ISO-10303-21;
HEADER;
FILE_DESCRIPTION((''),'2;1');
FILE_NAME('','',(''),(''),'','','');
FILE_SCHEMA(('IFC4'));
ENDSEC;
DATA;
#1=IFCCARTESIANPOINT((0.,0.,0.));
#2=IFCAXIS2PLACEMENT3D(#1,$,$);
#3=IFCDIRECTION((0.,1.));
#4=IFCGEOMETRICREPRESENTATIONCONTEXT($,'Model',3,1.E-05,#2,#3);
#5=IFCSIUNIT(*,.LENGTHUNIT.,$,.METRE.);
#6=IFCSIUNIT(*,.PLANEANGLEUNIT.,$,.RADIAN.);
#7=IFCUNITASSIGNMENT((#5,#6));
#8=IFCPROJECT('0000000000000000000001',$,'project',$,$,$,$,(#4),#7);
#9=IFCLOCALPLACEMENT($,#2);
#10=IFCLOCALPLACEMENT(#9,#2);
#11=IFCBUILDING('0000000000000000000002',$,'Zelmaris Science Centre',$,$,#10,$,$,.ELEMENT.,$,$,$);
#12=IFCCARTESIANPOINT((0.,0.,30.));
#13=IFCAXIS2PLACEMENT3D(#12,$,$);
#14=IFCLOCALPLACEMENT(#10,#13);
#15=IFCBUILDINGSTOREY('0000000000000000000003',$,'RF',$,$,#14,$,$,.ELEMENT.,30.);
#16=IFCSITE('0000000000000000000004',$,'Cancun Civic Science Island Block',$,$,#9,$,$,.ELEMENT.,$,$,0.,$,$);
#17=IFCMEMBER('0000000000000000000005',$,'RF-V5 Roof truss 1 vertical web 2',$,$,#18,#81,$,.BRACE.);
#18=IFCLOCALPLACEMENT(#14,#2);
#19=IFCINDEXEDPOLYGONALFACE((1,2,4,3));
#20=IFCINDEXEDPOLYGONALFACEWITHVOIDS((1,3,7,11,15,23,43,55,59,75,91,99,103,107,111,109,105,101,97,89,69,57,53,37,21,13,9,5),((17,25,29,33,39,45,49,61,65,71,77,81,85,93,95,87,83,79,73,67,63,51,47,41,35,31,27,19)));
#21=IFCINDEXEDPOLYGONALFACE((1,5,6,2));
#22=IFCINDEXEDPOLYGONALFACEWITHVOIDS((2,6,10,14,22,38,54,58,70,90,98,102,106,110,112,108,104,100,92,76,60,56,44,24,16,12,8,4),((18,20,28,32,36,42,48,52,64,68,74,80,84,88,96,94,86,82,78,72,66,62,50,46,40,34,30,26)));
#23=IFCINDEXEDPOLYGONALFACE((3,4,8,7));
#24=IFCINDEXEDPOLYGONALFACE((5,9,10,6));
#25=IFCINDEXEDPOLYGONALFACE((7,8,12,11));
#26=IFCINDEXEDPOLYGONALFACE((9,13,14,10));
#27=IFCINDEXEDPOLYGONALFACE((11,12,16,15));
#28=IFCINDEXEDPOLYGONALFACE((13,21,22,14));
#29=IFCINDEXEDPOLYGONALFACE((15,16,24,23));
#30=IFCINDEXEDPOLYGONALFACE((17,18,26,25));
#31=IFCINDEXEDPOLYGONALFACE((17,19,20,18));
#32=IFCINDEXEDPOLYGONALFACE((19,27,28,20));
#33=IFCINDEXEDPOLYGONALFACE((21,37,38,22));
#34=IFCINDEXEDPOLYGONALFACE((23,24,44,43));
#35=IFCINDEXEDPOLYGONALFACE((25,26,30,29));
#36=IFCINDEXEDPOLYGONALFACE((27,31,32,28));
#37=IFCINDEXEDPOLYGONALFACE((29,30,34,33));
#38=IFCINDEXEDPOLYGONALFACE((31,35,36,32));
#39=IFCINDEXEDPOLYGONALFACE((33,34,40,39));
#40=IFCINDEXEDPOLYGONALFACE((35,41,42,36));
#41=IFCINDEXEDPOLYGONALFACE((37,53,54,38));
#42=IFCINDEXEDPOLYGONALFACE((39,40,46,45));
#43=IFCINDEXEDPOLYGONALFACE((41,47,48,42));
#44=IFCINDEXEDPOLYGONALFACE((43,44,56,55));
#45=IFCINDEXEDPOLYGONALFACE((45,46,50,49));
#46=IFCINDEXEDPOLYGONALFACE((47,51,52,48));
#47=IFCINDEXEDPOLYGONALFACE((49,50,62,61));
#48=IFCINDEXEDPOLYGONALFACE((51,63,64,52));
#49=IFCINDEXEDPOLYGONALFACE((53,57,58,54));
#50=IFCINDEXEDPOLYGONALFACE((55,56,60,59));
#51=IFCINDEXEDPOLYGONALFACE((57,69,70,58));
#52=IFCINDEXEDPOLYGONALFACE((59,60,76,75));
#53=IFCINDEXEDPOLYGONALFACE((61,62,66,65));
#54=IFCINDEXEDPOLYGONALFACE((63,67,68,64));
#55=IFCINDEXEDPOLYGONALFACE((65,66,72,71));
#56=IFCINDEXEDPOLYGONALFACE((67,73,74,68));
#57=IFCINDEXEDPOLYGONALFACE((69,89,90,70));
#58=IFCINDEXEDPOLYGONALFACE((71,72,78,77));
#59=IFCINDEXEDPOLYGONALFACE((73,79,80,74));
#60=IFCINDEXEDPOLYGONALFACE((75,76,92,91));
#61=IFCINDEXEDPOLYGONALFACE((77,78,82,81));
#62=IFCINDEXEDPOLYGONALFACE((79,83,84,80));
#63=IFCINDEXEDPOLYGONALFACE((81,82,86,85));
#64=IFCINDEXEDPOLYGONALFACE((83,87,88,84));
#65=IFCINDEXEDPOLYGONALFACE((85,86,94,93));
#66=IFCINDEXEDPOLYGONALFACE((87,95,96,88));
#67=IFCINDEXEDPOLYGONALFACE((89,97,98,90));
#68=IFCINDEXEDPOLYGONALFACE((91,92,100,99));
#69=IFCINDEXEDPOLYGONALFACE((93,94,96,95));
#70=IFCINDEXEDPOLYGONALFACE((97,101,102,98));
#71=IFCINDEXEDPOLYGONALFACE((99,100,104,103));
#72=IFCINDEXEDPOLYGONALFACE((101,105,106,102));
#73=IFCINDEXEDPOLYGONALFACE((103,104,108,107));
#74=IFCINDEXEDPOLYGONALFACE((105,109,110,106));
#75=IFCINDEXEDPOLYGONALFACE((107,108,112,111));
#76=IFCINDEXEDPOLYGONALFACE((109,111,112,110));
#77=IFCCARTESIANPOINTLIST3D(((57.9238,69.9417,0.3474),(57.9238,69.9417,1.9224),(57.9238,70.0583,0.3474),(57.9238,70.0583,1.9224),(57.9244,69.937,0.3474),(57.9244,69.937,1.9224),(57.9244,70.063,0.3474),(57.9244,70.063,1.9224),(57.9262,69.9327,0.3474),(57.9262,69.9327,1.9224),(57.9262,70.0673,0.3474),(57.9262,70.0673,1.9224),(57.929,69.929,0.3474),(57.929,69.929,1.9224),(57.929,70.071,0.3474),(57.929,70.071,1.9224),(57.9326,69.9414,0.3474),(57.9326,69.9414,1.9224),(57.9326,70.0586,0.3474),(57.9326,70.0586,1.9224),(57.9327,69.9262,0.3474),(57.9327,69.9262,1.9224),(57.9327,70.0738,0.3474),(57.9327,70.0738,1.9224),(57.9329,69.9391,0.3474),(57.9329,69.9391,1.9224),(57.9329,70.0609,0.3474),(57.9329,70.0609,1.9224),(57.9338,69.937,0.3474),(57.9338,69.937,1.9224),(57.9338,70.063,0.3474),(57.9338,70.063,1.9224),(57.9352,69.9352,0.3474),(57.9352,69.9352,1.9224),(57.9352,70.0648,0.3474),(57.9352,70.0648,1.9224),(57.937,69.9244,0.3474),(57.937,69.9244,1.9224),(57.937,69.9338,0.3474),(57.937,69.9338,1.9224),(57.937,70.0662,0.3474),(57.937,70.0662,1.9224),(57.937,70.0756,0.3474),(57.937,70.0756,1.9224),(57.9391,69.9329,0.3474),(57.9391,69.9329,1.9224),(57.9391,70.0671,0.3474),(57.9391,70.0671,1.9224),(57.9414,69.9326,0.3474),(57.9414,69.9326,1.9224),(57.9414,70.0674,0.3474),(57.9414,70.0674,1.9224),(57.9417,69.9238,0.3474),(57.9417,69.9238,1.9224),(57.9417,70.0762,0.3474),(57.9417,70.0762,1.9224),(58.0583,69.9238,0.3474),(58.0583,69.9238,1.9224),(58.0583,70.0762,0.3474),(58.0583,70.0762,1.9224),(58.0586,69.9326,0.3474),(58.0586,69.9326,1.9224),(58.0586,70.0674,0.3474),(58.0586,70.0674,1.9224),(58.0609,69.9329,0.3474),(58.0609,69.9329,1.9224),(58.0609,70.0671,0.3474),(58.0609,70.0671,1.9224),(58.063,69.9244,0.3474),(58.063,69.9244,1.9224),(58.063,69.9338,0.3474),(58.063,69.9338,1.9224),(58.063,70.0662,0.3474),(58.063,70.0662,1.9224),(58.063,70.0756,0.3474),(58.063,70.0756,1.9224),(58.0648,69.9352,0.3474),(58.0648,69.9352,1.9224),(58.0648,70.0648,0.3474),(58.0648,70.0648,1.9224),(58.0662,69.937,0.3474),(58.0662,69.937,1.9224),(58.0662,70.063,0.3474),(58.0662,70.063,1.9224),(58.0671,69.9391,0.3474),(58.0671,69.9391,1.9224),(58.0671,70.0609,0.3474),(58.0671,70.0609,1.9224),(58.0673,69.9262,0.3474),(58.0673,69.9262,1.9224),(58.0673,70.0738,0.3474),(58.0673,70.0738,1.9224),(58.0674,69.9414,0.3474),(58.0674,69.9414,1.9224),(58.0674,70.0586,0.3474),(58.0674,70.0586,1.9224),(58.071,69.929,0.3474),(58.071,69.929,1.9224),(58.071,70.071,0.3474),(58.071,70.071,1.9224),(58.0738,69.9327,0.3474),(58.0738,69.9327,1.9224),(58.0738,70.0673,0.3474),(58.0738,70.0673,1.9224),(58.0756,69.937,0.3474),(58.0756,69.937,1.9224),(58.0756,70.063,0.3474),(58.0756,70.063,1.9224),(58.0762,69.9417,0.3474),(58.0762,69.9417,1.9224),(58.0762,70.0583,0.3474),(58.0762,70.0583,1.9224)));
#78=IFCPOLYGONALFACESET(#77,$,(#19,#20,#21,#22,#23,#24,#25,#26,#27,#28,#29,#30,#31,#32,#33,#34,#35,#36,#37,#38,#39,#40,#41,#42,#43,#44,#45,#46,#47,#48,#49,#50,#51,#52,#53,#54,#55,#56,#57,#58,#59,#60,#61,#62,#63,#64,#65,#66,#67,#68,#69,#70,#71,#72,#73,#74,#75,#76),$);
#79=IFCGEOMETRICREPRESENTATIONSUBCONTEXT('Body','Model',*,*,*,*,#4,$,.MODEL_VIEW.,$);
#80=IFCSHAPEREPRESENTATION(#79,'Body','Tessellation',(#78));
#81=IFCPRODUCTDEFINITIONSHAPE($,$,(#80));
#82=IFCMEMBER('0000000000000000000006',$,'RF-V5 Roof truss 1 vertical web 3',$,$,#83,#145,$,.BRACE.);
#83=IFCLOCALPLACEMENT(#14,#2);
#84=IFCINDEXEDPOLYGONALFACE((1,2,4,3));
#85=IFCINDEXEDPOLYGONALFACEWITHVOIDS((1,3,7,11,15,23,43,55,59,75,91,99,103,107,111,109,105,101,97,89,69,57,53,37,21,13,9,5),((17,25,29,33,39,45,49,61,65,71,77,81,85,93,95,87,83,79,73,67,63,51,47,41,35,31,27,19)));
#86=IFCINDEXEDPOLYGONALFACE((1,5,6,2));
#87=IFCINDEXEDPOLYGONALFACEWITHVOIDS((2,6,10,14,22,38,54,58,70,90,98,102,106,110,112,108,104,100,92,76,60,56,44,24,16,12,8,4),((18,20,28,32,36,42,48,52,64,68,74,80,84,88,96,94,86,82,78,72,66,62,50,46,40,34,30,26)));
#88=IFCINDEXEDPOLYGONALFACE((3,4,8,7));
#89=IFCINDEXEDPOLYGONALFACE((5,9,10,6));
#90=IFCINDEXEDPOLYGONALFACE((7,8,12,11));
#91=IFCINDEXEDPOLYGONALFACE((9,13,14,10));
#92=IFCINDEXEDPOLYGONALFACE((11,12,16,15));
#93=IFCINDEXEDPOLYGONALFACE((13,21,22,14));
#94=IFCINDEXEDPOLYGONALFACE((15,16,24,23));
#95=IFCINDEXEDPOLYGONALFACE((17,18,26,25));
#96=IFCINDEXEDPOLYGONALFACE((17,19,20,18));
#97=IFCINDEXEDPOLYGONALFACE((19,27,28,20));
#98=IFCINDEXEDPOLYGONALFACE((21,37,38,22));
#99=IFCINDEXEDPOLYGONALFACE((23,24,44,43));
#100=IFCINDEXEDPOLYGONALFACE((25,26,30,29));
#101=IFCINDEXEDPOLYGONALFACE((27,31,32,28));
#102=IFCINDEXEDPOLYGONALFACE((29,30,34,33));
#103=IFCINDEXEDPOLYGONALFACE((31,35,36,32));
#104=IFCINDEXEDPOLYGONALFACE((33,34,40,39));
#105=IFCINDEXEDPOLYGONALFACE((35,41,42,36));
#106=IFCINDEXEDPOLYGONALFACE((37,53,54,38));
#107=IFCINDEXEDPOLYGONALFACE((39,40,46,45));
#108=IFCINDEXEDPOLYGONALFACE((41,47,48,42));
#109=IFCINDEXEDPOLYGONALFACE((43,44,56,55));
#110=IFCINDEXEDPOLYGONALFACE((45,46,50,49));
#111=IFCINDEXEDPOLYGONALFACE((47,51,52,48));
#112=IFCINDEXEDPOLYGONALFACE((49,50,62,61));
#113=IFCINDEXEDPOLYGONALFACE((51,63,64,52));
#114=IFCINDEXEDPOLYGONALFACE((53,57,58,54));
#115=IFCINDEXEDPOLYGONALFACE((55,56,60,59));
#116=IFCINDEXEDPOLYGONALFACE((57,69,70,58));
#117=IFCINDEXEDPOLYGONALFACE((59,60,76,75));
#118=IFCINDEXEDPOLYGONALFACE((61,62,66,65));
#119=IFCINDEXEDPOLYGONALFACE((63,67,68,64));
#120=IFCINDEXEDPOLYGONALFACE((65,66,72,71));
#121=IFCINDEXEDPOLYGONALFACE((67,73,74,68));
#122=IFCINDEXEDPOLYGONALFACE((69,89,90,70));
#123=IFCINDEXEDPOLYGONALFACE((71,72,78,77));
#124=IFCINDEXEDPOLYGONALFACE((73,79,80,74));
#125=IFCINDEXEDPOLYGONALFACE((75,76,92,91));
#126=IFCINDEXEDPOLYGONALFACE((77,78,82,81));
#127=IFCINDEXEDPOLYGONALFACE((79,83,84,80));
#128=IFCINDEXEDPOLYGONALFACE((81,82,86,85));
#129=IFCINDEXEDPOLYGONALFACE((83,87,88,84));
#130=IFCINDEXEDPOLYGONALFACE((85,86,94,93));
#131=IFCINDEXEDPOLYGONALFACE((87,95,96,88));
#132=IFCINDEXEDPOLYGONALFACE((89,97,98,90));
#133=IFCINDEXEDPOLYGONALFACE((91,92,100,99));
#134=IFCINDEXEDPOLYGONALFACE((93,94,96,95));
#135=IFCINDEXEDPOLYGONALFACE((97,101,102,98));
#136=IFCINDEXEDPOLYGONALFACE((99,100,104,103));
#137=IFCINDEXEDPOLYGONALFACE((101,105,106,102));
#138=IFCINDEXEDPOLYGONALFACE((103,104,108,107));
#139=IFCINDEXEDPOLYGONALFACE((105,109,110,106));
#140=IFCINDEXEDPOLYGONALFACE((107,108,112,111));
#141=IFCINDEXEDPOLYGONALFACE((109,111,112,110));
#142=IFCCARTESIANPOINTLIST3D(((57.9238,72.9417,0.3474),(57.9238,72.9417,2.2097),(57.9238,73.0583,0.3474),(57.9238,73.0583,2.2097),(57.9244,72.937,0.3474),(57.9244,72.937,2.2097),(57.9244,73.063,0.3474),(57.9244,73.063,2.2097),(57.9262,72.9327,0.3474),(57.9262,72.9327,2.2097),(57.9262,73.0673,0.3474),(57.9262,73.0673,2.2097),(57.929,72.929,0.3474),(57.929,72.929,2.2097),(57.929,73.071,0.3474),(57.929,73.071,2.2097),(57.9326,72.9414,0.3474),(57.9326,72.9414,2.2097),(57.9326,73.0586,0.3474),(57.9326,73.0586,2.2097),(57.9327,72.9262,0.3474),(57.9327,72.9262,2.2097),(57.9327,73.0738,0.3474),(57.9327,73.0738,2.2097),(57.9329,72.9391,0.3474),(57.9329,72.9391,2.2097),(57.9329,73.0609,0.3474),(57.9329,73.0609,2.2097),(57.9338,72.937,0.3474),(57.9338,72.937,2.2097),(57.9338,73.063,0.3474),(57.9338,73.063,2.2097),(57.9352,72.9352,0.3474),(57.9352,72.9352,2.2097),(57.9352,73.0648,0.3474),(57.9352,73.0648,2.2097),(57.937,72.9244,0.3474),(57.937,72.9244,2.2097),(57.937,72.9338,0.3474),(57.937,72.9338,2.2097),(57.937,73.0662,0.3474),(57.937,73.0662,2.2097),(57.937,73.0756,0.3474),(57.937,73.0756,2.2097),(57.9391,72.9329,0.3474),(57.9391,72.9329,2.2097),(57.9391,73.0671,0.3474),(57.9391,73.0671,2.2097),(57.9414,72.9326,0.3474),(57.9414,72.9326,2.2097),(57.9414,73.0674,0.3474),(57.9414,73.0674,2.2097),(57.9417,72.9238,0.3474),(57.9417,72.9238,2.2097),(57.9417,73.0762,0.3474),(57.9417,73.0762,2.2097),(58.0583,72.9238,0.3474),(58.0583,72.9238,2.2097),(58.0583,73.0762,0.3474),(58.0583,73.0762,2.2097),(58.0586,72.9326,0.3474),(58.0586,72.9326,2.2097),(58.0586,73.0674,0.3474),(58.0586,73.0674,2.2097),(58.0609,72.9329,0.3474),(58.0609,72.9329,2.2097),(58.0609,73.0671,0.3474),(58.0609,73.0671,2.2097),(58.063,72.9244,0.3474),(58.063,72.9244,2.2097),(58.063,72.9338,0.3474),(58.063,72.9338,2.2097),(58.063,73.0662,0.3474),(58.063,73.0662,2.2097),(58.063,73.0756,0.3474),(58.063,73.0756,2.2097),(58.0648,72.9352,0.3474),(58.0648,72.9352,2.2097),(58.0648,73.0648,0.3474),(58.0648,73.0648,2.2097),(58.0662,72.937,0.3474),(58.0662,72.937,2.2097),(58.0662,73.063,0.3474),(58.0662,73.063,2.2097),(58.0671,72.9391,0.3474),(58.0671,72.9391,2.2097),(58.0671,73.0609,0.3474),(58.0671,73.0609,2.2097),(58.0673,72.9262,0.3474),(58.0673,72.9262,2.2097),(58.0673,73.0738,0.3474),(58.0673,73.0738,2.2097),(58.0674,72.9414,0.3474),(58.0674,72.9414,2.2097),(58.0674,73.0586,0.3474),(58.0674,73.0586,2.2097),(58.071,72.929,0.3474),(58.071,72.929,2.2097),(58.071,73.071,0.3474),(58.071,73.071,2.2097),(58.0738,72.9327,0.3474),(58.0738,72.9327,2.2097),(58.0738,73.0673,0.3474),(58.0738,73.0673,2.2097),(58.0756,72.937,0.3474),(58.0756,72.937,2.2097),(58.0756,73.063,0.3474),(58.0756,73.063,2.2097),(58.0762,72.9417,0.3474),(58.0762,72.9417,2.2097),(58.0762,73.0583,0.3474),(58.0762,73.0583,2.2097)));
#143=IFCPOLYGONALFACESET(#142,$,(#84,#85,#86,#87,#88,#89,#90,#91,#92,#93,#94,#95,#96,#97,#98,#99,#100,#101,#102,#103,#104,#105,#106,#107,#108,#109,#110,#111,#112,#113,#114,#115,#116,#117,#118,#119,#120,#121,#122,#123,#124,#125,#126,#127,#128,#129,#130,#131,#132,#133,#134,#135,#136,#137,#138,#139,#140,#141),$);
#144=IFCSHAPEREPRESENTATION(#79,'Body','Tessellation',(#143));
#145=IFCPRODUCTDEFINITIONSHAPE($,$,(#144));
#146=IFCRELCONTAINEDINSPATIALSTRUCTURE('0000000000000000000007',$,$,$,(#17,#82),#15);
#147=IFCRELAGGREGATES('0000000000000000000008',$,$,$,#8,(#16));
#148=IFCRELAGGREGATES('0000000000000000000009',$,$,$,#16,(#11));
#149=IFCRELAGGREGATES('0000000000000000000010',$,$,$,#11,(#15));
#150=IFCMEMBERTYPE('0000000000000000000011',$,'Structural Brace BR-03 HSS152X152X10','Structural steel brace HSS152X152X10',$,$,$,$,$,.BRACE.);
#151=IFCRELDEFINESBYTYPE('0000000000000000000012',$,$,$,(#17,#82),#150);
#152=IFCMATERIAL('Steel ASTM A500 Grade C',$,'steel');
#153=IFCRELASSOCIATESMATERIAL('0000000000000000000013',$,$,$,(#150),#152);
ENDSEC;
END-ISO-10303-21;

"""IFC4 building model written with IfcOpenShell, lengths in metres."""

from ifc_helpers import new_model, si_unit, direction, frame, origin, origin_2d, place, context, subcontext, project, spatial, hollow_rectangle, extrude, material, material_profile, profile_set, type_object, element, save


model = new_model("IFC4")

# Units and contexts
model_context = context("Model", 3, precision=1e-05, world=origin(), true_north=direction((0.0, 1.0)))
body_context = subcontext(model_context, "Body", "Model", "MODEL_VIEW")
ifc_project = project(units=[si_unit("LENGTHUNIT", "METRE"), si_unit("PLANEANGLEUNIT", "RADIAN")], contexts=[model_context])

# Site, building, storey
site_placement = place(None, origin())
site = spatial("IfcSite", under=ifc_project, at=site_placement, Name="Cancun Civic Science Island Block", CompositionType="ELEMENT", RefElevation=0.0)
building_placement = place(site_placement, origin())
building = spatial("IfcBuilding", under=site, at=building_placement, Name="Zelmaris Science Centre", CompositionType="ELEMENT")
storey_placement = place(building_placement, frame((0.0, 0.0, 30.0)))
storey = spatial("IfcBuildingStorey", under=building, at=storey_placement, Name="RF", CompositionType="ELEMENT", Elevation=30.0)

# Shared definitions
ifc_material_1 = material(Name="Steel ASTM A500 Grade C", Category="steel")

# Members
ifc_material_profile_1 = material_profile(ifc_material_1, hollow_rectangle(XDim=0.1523, YDim=0.1523, WallThickness=0.0088, InnerFilletRadius=0.0088, OuterFilletRadius=0.0178, at=origin_2d()), Name="HSS152X152X10")
ifc_profile_set_1 = profile_set([ifc_material_profile_1], Name="Steel ASTM A500 Grade C")
member_type_1 = type_object("IfcMemberType", Name="Structural Brace BR-03 HSS152X152X10", Description="Structural steel brace HSS152X152X10", PredefinedType="BRACE", material=ifc_profile_set_1)
member_1_placement = place(storey_placement, frame((58.0, 70.0, 0.3474), z_axis=(0.0, 0.0, 1.0), x_axis=(1.0, 0.0, 0.0)))
element("IfcMember", 1, at=member_1_placement, inside=storey, type_object=member_type_1, Name="RF-V5 Roof truss 1 vertical web 2", PredefinedType="BRACE", context=body_context, shape_type="SweptSolid", body=[
    extrude(hollow_rectangle(XDim=0.1523, YDim=0.1523, WallThickness=0.0088, InnerFilletRadius=0.0088, OuterFilletRadius=0.0178, at=origin_2d()), origin(), (0.0, 0.0, 1.0), 1.575),
])
member_2_placement = place(storey_placement, frame((58.0, 73.0, 0.3474), z_axis=(0.0, 0.0, 1.0), x_axis=(1.0, 0.0, 0.0)))
element("IfcMember", 2, at=member_2_placement, inside=storey, type_object=member_type_1, Name="RF-V5 Roof truss 1 vertical web 3", PredefinedType="BRACE", context=body_context, shape_type="SweptSolid", body=[
    extrude(hollow_rectangle(XDim=0.1523, YDim=0.1523, WallThickness=0.0088, InnerFilletRadius=0.0088, OuterFilletRadius=0.0178, at=origin_2d()), origin(), (0.0, 0.0, 1.0), 1.8623),
])

save(model, "model.ifc")
